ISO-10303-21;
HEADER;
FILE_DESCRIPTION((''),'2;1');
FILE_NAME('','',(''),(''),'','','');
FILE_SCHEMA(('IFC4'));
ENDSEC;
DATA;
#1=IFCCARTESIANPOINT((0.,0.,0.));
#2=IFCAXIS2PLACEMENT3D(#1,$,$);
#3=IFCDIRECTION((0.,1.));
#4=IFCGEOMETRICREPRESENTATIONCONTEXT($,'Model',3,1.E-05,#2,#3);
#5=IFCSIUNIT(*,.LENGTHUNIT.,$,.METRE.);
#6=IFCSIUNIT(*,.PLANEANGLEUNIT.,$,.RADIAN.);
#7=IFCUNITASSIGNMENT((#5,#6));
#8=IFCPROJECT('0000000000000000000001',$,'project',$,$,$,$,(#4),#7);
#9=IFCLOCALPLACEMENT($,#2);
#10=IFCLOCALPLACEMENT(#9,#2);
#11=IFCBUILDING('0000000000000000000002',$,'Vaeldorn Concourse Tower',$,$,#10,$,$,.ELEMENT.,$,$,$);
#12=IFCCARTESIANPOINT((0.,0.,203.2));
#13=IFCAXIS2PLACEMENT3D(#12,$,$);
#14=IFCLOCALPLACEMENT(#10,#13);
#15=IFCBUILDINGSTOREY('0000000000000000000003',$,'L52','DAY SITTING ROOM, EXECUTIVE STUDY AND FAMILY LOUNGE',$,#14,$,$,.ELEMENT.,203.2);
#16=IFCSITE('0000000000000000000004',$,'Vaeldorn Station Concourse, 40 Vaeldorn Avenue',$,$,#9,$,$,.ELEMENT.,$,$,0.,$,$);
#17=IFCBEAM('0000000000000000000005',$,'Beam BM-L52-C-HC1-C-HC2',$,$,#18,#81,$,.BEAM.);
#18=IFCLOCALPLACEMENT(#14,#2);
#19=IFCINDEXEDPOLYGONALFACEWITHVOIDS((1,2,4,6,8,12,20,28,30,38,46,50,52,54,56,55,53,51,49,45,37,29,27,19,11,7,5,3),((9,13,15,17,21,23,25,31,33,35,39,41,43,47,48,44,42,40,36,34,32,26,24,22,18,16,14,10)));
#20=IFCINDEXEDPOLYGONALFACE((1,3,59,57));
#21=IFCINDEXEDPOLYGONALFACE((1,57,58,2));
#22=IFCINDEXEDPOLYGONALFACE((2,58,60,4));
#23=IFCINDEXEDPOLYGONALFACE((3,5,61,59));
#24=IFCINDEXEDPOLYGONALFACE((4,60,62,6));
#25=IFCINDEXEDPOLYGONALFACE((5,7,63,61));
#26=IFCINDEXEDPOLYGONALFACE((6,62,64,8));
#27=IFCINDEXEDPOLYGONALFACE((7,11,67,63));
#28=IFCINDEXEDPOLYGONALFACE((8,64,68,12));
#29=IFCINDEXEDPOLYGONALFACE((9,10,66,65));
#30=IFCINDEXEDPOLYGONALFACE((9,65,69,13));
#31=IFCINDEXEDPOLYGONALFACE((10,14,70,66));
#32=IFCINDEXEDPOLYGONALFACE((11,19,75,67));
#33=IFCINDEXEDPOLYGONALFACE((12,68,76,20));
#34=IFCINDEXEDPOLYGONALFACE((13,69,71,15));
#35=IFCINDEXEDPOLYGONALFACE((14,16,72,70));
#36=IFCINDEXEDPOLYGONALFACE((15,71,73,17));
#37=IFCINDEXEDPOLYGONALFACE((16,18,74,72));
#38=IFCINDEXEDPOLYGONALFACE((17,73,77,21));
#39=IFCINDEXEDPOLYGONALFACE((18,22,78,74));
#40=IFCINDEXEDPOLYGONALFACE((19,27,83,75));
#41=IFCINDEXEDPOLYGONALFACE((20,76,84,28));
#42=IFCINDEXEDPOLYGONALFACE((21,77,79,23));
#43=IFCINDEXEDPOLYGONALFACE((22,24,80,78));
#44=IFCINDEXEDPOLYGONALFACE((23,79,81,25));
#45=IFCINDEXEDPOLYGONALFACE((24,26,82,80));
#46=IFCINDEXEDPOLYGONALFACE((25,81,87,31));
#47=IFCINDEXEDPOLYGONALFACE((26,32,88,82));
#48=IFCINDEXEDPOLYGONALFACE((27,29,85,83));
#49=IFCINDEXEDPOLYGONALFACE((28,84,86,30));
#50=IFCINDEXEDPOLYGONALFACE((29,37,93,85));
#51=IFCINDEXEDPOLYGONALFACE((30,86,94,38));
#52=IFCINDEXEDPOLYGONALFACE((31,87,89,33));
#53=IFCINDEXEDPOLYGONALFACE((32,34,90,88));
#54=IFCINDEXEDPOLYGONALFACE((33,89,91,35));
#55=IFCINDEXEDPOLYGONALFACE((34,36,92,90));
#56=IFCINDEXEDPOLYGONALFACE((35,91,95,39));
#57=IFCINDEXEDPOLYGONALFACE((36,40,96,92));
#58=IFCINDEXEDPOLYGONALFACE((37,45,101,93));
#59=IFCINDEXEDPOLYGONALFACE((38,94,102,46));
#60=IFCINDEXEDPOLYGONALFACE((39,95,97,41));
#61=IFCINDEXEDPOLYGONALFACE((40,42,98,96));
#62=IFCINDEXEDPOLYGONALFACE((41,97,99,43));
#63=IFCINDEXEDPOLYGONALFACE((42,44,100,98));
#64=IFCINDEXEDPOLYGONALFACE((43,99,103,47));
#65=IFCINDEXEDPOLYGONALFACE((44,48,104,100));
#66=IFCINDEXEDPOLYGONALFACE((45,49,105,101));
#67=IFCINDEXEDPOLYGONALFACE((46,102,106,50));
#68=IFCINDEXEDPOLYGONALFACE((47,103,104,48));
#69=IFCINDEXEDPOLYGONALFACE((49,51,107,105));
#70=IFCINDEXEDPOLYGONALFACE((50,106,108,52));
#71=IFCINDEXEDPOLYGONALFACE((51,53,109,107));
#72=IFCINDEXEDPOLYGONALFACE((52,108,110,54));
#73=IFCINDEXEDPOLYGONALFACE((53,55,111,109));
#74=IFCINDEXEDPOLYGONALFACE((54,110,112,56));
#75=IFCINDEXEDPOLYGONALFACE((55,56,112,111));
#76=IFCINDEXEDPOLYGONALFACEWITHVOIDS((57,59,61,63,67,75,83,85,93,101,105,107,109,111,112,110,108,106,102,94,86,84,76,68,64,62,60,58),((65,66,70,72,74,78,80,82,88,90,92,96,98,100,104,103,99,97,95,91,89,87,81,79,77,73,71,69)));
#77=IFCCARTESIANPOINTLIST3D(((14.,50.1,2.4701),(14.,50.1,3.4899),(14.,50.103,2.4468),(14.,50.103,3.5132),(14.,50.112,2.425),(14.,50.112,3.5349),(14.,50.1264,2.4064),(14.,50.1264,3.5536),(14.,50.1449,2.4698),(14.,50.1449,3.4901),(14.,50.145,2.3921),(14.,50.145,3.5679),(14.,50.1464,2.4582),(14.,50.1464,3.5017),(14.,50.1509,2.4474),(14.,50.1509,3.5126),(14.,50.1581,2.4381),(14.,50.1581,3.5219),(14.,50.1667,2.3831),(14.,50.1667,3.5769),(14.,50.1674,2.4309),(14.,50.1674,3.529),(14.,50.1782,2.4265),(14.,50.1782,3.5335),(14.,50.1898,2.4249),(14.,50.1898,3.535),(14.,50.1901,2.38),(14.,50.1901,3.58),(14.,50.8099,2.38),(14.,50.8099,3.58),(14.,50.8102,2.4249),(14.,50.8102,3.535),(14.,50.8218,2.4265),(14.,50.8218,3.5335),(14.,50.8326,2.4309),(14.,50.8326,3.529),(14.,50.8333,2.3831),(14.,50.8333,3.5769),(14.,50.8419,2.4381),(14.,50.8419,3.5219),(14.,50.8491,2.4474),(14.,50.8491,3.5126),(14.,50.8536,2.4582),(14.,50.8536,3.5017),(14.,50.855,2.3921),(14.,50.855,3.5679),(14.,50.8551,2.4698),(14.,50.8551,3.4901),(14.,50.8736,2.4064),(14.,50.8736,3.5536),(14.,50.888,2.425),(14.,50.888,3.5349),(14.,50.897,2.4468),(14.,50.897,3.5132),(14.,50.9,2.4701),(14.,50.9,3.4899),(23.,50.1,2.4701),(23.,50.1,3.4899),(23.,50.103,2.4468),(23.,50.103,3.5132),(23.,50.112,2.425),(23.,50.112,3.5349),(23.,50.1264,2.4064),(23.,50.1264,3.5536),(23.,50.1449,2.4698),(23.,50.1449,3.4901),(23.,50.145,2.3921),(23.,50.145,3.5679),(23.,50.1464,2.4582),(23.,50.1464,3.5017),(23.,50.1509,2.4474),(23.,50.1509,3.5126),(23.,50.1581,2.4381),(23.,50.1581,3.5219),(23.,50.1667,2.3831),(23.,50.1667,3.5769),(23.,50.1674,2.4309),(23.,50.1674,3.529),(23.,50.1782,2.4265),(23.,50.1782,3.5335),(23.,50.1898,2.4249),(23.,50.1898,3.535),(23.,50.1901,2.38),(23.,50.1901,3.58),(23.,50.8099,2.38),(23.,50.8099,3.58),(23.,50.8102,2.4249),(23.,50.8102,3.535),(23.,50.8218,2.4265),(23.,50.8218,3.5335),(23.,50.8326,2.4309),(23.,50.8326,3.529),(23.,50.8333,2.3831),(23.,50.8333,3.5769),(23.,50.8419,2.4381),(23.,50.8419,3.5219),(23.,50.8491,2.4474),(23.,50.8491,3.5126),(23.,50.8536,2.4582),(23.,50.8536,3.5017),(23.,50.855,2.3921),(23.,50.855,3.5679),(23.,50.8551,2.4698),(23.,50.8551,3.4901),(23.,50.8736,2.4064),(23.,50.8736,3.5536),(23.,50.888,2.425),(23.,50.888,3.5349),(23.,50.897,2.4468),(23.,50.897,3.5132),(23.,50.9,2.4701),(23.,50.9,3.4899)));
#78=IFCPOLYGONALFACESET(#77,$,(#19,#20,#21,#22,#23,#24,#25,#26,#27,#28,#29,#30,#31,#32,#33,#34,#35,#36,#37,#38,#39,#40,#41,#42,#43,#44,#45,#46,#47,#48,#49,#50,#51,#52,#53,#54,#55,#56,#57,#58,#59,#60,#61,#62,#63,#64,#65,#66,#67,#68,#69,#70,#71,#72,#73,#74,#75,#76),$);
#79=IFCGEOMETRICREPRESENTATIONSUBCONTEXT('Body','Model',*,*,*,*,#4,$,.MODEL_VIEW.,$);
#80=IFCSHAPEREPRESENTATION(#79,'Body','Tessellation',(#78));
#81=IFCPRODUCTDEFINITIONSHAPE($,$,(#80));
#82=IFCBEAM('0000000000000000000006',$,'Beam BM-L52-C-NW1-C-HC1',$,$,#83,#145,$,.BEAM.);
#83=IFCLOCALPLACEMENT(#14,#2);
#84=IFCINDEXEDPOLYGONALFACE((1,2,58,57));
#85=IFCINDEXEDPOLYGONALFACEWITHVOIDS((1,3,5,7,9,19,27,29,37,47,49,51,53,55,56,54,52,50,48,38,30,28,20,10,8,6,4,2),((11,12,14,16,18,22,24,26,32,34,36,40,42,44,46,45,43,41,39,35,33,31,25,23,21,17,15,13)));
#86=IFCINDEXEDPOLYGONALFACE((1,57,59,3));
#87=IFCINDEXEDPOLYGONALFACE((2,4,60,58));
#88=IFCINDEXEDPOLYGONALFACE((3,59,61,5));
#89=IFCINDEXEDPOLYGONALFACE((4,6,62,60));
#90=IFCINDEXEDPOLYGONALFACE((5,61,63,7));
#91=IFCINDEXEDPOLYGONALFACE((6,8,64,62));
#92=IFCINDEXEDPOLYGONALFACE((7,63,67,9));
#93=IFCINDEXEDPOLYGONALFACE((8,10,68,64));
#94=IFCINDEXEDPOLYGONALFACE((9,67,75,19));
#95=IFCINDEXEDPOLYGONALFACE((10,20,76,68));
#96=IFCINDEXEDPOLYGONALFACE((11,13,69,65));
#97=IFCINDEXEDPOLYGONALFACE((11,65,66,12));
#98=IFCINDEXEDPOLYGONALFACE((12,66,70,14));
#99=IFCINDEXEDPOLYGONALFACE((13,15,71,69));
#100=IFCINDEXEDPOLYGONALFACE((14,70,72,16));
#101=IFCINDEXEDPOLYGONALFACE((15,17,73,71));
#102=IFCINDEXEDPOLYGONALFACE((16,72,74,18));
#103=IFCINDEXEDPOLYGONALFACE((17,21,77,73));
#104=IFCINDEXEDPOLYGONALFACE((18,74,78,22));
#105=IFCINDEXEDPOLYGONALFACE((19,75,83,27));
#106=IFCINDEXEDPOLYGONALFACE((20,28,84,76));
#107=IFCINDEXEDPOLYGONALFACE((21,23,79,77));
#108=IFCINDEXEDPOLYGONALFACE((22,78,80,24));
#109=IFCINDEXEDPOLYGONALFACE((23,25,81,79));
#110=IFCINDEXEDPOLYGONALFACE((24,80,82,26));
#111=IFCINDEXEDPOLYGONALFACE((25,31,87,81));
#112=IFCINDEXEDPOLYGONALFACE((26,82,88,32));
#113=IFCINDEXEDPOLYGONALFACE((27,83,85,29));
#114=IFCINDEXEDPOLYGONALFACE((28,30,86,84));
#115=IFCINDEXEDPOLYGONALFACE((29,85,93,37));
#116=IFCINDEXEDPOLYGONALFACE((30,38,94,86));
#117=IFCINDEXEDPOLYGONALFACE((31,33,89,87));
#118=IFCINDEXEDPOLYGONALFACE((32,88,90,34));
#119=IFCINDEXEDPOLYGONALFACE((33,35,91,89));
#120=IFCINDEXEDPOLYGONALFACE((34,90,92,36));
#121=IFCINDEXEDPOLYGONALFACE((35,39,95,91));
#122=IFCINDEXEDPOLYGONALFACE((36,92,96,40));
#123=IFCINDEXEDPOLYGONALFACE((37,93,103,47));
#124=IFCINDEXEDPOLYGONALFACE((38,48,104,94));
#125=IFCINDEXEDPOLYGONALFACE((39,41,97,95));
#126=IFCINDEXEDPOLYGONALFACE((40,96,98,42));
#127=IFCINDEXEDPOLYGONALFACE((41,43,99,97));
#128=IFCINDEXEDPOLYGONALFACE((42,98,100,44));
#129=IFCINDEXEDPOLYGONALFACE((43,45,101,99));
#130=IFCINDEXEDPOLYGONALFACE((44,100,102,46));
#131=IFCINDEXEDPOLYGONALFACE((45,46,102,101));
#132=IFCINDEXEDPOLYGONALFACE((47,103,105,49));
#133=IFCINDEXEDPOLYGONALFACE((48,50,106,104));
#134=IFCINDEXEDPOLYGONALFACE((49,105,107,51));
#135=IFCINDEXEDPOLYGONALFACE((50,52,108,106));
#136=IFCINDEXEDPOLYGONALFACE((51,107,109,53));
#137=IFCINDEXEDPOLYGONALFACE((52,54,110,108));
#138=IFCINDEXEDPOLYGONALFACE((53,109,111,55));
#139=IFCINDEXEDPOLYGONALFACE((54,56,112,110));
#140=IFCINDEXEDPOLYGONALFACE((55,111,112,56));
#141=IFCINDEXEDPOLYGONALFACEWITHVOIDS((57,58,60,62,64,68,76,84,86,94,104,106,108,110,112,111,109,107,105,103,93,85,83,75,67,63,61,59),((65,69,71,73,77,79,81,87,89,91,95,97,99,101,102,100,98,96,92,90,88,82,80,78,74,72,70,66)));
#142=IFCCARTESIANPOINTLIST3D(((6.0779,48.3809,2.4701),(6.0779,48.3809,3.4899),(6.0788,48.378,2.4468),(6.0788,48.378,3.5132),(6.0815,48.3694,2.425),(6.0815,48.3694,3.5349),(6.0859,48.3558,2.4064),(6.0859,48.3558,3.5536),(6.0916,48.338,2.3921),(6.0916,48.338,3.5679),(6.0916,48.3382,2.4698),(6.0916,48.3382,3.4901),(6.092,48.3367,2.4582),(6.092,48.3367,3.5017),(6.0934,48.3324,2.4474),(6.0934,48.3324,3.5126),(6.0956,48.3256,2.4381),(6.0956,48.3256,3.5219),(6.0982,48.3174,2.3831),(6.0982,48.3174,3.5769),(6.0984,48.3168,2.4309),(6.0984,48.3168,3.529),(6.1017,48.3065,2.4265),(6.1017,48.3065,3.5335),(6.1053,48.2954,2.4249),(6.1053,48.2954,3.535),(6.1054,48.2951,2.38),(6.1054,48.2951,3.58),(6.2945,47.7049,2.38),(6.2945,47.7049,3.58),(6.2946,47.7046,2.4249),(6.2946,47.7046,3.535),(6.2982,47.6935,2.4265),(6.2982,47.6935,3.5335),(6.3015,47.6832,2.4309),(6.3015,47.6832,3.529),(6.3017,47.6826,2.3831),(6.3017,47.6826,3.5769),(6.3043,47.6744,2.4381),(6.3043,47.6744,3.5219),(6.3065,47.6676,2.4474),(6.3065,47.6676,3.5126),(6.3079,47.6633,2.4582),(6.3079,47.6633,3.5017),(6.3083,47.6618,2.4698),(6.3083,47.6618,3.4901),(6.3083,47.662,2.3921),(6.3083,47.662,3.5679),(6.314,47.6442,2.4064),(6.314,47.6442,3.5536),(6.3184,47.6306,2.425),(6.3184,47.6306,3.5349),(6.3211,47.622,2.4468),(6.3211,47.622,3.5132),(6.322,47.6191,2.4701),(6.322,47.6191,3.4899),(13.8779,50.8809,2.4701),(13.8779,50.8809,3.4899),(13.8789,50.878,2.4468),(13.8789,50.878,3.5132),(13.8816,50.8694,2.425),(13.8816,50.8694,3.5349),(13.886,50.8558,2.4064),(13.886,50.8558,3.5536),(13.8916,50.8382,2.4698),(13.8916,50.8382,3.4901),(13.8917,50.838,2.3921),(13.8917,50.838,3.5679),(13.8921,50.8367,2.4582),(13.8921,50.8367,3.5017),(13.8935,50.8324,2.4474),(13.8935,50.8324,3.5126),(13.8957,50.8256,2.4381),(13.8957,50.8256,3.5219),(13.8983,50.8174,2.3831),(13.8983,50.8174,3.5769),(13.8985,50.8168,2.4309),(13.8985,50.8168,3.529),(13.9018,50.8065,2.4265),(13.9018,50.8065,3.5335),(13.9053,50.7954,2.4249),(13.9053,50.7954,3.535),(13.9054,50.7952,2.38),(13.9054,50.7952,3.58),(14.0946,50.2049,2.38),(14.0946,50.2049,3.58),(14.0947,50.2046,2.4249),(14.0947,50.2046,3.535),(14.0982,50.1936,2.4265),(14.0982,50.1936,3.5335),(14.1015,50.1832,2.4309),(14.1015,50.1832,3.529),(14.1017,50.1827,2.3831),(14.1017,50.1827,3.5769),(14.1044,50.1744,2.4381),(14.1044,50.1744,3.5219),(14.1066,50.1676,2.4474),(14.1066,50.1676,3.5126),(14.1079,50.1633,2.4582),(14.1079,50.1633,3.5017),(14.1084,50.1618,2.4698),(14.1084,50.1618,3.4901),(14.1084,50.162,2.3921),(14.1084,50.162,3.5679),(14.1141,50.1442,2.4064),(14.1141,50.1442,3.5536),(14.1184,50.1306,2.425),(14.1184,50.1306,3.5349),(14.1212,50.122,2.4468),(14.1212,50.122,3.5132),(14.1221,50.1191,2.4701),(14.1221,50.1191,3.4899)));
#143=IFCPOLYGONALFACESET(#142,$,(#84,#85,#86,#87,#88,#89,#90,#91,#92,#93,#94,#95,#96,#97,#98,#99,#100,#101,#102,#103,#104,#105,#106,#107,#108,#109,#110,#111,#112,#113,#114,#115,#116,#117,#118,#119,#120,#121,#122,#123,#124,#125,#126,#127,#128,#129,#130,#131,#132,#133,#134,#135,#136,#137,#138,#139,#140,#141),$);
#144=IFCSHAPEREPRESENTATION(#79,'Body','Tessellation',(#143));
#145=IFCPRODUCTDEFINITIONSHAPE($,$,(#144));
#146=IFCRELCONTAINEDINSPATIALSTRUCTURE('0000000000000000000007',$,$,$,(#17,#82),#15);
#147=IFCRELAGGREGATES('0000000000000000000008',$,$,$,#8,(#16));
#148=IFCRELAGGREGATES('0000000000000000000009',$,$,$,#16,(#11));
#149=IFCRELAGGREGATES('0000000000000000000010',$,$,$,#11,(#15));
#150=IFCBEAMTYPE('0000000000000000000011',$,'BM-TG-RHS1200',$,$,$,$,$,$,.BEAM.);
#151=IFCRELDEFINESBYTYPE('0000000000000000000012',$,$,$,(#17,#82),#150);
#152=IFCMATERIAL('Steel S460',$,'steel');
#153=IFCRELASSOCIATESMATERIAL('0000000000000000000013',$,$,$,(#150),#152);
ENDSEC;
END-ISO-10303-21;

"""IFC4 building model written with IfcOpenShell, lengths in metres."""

from ifc_helpers import new_model, si_unit, direction, frame, origin, origin_2d, place, context, subcontext, project, spatial, hollow_rectangle, extrude, source, transform, mapped, material, material_profile, profile_set, type_object, element, save


model = new_model("IFC4")

# Units and contexts
model_context = context("Model", 3, precision=1e-05, world=origin(), true_north=direction((0.0, 1.0)))
body_context = subcontext(model_context, "Body", "Model", "MODEL_VIEW")
ifc_project = project(units=[si_unit("LENGTHUNIT", "METRE"), si_unit("PLANEANGLEUNIT", "RADIAN")], contexts=[model_context])

# Site, building, storey
site_placement = place(None, origin())
site = spatial("IfcSite", under=ifc_project, at=site_placement, Name="Vaeldorn Station Concourse, 40 Vaeldorn Avenue", CompositionType="ELEMENT", RefElevation=0.0)
building_placement = place(site_placement, origin())
building = spatial("IfcBuilding", under=site, at=building_placement, Name="Vaeldorn Concourse Tower", CompositionType="ELEMENT")
storey_placement = place(building_placement, frame((0.0, 0.0, 203.2)))
storey = spatial("IfcBuildingStorey", under=building, at=storey_placement, Name="L52", Description="DAY SITTING ROOM, EXECUTIVE STUDY AND FAMILY LOUNGE", CompositionType="ELEMENT", Elevation=203.2)

# Shared definitions
ifc_material_1 = material(Name="Steel S460", Category="steel")

# Beams
ifc_material_profile_1 = material_profile(ifc_material_1, hollow_rectangle(XDim=0.8, YDim=1.2, WallThickness=0.0449, InnerFilletRadius=0.0449, OuterFilletRadius=0.0901, at=origin_2d()), Name="RHS 1200x800x45")
ifc_profile_set_1 = profile_set([ifc_material_profile_1], Name="Steel S460")
beam_type_1 = type_object("IfcBeamType", Name="BM-TG-RHS1200", PredefinedType="BEAM", material=ifc_profile_set_1)
shared_shape_1 = source(origin(), body_context, "Body", "SweptSolid", [
    extrude(hollow_rectangle(XDim=0.8, YDim=1.2, WallThickness=0.0449, InnerFilletRadius=0.0449, OuterFilletRadius=0.0901, at=origin_2d()), origin(), (0.0, 0.0, 1.0), 9.0),
])
beam_1_placement = place(storey_placement, frame((14.0, 50.5, 2.98), z_axis=(1.0, 0.0, 0.0), x_axis=(0.0, 1.0, 0.0)))
element("IfcBeam", 1, at=beam_1_placement, inside=storey, type_object=beam_type_1, Name="Beam BM-L52-C-HC1-C-HC2", PredefinedType="BEAM", context=body_context, shape_type="MappedRepresentation", body=[
    mapped(shared_shape_1, transform((0.0, 0.0, 0.0), scale=1.0)),
])
shared_shape_2 = source(origin(), body_context, "Body", "SweptSolid", [
    extrude(hollow_rectangle(XDim=0.8, YDim=1.2, WallThickness=0.0449, InnerFilletRadius=0.0449, OuterFilletRadius=0.0901, at=origin_2d()), origin(), (0.0, 0.0, 1.0), 8.1909),
])
beam_2_placement = place(storey_placement, frame((6.2, 48.0, 2.98), z_axis=(0.952283, 0.305217, 0.0), x_axis=(-0.305217, 0.952283, 0.0)))
element("IfcBeam", 2, at=beam_2_placement, inside=storey, type_object=beam_type_1, Name="Beam BM-L52-C-NW1-C-HC1", PredefinedType="BEAM", context=body_context, shape_type="MappedRepresentation", body=[
    mapped(shared_shape_2, transform((0.0, 0.0, 0.0), scale=1.0)),
])

save(model, "model.ifc")
